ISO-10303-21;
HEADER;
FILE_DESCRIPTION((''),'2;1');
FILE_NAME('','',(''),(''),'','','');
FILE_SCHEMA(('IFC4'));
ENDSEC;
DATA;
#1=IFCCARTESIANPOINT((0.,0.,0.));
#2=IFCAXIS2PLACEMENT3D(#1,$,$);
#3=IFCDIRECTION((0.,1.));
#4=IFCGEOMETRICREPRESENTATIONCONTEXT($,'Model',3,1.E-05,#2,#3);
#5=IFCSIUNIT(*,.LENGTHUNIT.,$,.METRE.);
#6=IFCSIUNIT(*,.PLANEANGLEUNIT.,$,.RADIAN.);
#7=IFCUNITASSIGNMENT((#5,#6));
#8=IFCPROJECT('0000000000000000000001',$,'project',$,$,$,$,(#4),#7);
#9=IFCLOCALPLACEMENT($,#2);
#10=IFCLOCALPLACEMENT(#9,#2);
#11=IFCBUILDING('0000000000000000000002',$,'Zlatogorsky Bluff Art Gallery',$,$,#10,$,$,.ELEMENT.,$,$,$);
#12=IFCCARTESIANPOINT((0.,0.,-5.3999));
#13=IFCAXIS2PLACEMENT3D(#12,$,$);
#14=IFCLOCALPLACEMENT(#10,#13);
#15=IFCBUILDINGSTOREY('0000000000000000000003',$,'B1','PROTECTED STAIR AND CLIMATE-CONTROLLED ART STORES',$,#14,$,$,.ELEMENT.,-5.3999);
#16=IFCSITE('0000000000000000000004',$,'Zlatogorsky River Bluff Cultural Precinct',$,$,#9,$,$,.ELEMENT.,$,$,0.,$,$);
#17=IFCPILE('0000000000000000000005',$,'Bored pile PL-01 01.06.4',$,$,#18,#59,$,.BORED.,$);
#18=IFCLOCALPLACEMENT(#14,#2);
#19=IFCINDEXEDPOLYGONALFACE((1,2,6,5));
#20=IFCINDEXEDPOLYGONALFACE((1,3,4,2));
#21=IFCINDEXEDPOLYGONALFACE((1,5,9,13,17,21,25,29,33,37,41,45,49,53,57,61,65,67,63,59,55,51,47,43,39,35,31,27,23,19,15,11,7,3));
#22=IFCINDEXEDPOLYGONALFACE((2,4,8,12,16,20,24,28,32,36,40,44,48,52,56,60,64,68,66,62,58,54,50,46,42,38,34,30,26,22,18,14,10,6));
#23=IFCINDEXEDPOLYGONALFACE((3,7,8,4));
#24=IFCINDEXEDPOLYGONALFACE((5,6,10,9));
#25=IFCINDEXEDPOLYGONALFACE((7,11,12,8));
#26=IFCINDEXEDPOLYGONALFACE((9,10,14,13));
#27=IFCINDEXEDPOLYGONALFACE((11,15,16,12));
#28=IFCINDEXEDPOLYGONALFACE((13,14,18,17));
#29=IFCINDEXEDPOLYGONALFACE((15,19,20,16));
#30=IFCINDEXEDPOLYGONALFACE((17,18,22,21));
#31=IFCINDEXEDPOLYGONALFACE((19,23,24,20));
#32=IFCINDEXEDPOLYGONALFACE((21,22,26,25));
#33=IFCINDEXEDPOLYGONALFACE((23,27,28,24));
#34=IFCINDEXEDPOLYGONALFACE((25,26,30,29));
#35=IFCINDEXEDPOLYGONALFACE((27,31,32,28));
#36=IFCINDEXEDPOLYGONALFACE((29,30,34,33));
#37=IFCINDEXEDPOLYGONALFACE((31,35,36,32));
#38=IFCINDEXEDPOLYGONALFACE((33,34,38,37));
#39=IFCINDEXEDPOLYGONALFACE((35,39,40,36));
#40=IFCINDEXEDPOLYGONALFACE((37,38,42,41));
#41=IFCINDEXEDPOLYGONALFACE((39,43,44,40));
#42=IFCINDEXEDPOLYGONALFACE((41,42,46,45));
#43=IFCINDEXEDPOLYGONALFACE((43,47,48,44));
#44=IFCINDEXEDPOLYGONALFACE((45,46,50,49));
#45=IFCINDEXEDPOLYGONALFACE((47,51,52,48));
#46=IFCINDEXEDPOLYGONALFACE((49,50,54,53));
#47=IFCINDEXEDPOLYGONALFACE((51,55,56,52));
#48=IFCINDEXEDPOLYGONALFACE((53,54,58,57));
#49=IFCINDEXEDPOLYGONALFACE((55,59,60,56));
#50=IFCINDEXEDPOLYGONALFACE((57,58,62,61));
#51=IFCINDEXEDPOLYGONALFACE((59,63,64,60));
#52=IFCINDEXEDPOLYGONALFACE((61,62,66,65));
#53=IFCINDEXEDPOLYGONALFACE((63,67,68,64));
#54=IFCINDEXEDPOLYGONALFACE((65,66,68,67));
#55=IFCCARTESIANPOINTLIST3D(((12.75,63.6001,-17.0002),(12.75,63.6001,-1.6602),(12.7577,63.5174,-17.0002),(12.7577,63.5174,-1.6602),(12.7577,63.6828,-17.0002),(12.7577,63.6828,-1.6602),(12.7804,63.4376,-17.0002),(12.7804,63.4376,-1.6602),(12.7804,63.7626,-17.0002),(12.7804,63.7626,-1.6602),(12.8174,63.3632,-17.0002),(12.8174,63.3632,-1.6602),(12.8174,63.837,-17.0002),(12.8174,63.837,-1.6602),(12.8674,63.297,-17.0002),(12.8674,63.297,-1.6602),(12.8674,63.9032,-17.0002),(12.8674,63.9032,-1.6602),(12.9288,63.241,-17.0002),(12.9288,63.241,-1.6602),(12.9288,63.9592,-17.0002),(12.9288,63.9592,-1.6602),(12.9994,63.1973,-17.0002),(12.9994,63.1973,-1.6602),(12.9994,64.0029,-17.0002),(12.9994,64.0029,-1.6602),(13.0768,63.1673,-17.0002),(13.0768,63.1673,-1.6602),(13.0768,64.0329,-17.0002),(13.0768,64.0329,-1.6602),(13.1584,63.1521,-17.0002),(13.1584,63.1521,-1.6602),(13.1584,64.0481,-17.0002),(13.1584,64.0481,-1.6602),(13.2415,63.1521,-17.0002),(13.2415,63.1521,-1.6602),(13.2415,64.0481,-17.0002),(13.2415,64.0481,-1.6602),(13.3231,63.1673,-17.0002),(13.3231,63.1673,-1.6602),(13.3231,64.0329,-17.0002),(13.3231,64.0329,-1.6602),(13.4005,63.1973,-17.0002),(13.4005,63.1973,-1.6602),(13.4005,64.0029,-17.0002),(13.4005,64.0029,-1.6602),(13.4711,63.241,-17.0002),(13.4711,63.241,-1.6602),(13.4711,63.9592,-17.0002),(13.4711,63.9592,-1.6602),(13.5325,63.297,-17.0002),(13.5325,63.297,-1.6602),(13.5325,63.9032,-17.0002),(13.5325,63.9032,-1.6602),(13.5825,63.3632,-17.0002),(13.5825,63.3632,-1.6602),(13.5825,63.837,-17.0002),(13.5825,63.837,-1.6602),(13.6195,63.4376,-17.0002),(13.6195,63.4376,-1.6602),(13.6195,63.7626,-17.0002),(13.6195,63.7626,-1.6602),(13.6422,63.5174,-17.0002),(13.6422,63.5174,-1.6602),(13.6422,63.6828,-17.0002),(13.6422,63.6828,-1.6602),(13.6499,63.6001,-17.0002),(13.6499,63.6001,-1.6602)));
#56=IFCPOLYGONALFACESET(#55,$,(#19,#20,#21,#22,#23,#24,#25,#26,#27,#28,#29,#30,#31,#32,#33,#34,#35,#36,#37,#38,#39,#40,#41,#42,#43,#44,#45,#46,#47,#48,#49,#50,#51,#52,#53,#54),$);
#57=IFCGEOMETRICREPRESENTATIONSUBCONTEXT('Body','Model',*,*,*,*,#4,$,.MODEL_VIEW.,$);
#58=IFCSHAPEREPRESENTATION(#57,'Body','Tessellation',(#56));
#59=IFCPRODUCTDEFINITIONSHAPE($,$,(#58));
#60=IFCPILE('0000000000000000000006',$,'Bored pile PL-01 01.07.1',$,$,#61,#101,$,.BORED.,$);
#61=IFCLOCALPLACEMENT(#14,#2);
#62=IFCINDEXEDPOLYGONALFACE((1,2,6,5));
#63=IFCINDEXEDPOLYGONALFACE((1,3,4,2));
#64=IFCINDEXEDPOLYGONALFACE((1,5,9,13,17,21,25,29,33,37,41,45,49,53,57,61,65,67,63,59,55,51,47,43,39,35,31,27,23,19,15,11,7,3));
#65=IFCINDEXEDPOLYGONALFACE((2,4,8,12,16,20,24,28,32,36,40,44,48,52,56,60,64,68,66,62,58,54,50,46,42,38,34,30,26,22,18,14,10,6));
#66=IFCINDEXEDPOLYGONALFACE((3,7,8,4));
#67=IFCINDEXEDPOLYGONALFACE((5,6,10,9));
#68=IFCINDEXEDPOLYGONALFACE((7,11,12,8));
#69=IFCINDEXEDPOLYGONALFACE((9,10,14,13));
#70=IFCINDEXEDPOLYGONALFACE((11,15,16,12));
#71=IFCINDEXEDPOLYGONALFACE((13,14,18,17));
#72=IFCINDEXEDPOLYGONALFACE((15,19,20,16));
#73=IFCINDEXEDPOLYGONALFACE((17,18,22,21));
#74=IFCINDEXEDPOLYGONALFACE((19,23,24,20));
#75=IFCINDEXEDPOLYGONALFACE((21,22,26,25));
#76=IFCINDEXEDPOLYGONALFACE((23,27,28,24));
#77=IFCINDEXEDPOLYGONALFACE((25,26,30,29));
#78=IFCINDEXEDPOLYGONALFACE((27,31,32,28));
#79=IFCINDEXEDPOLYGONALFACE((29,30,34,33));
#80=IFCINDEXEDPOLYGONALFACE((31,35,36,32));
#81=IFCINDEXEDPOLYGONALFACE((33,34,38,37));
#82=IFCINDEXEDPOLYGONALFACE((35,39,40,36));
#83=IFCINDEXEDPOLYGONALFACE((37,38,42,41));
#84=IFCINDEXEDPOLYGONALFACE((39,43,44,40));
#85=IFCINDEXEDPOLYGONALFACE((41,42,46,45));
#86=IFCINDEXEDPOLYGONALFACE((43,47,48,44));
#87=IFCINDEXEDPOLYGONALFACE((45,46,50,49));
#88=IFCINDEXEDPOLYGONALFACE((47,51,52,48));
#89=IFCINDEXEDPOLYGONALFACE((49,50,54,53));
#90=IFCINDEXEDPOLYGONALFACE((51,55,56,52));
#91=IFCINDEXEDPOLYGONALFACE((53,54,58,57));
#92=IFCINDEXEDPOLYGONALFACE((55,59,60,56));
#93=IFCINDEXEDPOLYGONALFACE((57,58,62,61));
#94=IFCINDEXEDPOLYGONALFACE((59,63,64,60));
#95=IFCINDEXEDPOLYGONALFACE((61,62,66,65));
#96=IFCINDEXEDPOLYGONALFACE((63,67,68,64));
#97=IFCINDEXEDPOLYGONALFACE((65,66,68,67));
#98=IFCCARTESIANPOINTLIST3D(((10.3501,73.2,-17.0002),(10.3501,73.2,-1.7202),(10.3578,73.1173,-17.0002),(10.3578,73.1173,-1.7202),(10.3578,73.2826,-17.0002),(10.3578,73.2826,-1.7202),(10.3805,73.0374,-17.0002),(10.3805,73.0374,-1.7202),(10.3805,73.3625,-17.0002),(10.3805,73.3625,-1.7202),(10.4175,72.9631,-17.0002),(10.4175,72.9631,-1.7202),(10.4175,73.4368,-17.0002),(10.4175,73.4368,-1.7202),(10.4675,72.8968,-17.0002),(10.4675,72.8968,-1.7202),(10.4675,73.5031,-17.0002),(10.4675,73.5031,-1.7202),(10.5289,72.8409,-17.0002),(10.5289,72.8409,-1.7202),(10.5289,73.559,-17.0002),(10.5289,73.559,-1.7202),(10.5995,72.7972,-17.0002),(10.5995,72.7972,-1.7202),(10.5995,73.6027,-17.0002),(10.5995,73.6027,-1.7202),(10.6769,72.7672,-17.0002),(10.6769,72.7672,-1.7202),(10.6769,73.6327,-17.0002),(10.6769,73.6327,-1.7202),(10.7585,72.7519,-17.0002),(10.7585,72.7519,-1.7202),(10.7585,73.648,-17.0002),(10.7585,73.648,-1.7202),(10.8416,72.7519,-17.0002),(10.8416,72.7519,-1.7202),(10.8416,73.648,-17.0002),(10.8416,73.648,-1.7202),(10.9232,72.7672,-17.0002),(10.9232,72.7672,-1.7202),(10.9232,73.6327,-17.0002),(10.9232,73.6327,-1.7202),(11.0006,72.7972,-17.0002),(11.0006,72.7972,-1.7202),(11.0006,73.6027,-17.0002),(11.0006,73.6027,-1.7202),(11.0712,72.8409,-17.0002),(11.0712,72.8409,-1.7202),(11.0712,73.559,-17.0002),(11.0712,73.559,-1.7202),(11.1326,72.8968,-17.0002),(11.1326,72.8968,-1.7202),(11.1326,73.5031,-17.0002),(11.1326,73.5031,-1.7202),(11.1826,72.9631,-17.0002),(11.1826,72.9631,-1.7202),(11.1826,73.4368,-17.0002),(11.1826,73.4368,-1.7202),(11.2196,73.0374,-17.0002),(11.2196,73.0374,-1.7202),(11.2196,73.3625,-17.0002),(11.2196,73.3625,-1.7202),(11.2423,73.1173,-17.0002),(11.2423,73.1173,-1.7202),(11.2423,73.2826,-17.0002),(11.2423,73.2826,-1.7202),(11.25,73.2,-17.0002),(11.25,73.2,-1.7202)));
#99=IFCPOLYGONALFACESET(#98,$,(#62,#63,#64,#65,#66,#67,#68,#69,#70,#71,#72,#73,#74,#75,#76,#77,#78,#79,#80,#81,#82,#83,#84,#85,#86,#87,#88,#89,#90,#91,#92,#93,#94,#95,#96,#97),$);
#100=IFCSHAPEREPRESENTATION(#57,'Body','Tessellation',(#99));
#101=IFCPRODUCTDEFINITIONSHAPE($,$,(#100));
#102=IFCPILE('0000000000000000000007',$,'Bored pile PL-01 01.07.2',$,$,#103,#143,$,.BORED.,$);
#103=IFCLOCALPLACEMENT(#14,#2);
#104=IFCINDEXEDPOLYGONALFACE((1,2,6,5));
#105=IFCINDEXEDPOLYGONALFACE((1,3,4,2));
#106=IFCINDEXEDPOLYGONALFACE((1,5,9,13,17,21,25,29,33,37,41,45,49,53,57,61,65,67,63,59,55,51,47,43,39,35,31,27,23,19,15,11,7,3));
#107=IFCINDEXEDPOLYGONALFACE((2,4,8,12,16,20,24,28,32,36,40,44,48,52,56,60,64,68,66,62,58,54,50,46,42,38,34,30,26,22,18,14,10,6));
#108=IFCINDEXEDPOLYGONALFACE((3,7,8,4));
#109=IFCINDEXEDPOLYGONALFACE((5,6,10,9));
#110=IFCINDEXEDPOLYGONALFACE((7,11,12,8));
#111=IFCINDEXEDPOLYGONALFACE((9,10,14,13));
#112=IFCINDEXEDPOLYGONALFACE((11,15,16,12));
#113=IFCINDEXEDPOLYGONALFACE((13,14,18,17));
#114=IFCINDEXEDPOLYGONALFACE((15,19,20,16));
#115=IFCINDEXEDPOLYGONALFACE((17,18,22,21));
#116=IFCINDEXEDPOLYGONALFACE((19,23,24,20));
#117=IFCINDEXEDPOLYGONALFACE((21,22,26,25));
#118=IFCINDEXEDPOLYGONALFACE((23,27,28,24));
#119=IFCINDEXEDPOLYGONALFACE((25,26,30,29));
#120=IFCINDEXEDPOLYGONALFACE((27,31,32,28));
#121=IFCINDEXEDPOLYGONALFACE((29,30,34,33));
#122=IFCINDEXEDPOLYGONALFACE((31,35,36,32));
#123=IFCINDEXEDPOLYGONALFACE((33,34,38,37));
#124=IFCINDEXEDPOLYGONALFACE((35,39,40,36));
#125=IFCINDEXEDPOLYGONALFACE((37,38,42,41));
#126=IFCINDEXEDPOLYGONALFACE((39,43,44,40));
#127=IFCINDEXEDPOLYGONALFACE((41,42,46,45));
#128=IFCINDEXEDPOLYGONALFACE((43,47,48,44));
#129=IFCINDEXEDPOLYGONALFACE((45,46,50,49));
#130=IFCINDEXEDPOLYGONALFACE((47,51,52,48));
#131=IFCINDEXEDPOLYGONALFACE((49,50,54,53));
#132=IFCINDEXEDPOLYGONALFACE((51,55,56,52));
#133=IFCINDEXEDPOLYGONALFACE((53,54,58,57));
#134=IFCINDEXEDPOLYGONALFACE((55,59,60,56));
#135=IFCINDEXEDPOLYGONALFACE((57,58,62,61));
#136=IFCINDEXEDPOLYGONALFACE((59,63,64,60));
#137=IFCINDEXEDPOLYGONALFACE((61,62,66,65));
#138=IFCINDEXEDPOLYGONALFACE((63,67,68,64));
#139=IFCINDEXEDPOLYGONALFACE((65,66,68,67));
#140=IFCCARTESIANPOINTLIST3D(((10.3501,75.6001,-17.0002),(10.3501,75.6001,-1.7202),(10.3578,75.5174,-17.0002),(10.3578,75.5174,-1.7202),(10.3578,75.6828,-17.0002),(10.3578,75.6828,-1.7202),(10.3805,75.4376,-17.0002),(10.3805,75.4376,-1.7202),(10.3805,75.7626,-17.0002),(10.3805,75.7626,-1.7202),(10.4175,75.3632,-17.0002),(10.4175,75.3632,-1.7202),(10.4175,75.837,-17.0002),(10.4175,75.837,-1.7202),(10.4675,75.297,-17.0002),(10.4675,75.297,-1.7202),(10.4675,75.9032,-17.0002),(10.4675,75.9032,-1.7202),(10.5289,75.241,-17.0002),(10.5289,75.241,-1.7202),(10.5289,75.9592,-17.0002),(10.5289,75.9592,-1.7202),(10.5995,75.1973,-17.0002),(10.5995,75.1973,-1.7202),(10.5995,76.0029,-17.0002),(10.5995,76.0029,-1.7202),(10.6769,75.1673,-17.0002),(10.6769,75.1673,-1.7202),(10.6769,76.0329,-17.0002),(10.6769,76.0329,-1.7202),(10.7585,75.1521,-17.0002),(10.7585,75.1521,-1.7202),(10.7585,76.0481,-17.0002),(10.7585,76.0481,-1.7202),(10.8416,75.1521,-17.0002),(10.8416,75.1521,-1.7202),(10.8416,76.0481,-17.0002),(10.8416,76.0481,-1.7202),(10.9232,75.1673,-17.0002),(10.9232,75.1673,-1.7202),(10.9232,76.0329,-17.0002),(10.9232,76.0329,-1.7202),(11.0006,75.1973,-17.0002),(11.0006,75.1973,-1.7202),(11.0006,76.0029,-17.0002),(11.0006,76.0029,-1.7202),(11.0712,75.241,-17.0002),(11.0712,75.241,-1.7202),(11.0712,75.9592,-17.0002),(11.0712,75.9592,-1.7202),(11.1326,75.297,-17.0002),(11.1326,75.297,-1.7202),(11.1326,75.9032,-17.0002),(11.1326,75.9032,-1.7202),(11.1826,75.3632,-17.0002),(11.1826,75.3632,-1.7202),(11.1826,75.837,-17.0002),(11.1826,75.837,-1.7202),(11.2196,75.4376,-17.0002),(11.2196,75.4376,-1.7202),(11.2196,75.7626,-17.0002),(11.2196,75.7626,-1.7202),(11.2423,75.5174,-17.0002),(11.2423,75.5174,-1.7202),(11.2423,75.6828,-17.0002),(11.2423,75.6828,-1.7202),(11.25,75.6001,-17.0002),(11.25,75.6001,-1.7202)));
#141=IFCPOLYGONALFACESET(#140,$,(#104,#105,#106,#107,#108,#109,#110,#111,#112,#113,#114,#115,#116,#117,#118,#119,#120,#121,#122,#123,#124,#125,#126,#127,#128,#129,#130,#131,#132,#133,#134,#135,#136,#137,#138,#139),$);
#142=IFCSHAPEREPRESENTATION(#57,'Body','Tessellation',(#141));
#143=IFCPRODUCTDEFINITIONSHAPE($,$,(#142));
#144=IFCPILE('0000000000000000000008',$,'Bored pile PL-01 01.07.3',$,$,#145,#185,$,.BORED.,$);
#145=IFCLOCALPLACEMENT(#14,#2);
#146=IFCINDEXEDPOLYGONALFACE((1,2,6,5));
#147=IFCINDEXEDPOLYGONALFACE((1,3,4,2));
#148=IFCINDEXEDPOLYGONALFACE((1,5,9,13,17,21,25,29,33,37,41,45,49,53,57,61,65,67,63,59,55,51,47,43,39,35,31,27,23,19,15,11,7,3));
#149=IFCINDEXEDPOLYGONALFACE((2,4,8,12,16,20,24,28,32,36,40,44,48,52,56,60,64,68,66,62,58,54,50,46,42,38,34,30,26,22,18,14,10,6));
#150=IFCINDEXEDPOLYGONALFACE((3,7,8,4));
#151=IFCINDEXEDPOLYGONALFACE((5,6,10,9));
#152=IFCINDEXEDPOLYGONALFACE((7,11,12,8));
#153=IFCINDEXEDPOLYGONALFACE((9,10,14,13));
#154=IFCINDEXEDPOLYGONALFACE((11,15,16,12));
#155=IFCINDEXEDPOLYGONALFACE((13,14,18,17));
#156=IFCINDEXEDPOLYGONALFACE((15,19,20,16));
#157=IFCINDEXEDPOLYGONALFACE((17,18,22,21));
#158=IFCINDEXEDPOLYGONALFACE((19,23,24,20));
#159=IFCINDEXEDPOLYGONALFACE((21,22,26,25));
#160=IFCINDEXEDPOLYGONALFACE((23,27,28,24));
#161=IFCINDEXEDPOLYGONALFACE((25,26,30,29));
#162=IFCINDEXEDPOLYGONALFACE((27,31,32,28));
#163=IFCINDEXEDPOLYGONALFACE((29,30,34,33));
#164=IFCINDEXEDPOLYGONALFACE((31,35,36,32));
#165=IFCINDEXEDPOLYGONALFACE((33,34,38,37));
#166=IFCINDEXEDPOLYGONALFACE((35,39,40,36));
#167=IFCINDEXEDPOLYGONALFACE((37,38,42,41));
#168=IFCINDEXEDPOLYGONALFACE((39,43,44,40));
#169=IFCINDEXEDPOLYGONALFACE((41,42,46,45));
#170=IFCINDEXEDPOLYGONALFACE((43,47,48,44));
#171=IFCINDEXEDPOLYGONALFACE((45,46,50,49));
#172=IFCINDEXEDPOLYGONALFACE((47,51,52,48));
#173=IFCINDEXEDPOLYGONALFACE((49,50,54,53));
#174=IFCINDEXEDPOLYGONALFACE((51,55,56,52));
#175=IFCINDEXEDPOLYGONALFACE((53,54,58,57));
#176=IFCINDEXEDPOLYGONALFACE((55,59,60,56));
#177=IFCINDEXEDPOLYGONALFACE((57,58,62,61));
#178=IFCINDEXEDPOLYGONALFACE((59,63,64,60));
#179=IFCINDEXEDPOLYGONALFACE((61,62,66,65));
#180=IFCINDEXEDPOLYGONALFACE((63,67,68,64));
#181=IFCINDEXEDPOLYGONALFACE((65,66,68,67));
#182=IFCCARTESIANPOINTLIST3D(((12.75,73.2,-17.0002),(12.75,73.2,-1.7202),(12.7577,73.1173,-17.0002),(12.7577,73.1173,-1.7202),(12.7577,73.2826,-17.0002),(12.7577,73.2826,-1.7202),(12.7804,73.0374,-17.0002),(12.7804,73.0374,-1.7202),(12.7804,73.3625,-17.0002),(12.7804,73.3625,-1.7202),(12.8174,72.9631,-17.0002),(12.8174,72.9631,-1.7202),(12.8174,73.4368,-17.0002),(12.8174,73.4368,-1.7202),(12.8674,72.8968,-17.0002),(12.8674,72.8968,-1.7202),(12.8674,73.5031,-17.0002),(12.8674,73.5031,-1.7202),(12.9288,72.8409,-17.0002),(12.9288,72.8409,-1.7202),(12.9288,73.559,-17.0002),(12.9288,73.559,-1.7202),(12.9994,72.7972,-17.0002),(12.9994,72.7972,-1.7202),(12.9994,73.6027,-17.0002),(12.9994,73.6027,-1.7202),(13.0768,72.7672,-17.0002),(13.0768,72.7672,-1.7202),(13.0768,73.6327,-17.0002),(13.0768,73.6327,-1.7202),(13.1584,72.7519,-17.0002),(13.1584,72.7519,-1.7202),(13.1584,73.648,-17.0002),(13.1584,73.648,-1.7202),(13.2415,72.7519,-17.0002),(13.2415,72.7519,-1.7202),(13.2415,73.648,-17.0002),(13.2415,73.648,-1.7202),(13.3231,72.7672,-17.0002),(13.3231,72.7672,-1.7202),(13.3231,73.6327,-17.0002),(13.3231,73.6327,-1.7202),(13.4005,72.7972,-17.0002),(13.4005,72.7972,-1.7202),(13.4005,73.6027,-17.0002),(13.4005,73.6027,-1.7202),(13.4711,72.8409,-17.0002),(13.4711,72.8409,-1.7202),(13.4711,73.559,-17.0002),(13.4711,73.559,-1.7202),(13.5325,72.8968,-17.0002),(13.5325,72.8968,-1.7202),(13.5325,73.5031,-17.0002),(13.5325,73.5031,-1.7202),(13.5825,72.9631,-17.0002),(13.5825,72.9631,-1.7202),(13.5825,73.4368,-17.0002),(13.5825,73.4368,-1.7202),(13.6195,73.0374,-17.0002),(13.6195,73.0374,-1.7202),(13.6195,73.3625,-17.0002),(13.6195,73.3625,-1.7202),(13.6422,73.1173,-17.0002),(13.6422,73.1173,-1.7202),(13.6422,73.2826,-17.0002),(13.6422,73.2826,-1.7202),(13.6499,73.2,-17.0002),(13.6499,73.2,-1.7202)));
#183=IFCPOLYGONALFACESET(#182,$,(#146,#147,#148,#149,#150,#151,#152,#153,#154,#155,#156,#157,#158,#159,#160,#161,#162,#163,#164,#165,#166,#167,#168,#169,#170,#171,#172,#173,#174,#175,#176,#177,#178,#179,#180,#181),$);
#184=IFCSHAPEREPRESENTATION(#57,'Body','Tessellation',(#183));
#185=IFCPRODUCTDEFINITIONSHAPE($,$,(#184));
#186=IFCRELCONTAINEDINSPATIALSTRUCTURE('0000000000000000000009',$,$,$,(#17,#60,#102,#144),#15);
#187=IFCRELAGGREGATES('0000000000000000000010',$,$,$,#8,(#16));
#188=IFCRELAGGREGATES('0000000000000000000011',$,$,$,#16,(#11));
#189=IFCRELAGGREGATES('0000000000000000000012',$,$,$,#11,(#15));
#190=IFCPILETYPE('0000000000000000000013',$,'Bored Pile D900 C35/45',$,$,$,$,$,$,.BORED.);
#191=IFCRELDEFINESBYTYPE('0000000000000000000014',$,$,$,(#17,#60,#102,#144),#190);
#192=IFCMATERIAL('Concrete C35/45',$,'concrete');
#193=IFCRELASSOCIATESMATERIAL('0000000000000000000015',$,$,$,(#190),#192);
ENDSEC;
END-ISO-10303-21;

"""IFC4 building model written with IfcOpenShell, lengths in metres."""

from ifc_helpers import new_model, si_unit, direction, frame, origin, origin_2d, place, context, subcontext, project, spatial, circle, extrude, material, material_profile, profile_set, type_object, element, save


model = new_model("IFC4")

# Units and contexts
model_context = context("Model", 3, precision=1e-05, world=origin(), true_north=direction((0.0, 1.0)))
body_context = subcontext(model_context, "Body", "Model", "MODEL_VIEW")
ifc_project = project(units=[si_unit("LENGTHUNIT", "METRE"), si_unit("PLANEANGLEUNIT", "RADIAN")], contexts=[model_context])

# Site, building, storey
site_placement = place(None, origin())
site = spatial("IfcSite", under=ifc_project, at=site_placement, Name="Zlatogorsky River Bluff Cultural Precinct", CompositionType="ELEMENT", RefElevation=0.0)
building_placement = place(site_placement, origin())
building = spatial("IfcBuilding", under=site, at=building_placement, Name="Zlatogorsky Bluff Art Gallery", CompositionType="ELEMENT")
storey_placement = place(building_placement, frame((0.0, 0.0, -5.3999)))
storey = spatial("IfcBuildingStorey", under=building, at=storey_placement, Name="B1", Description="PROTECTED STAIR AND CLIMATE-CONTROLLED ART STORES", CompositionType="ELEMENT", Elevation=-5.3999)

# Piles
ifc_material_1 = material(Name="Concrete C35/45", Category="concrete")
ifc_material_profile_1 = material_profile(ifc_material_1, circle(Radius=0.45, at=origin_2d()), Name="BORED PILE D900")
ifc_profile_set_1 = profile_set([ifc_material_profile_1], Name="Concrete C35/45")
pile_type_1 = type_object("IfcPileType", Name="Bored Pile D900 C35/45", PredefinedType="BORED", material=ifc_profile_set_1)
for number, where, z_axis, x_axis, name in (
    (1, (13.2, 63.6001, -1.6602), (0.0, 0.0, -1.0), (1.0, 0.0, 0.0), "Bored pile PL-01 01.06.4"),
):
    element("IfcPile", number, at=place(storey_placement, frame(where, z_axis=z_axis, x_axis=x_axis)), inside=storey, type_object=pile_type_1, Name=name, PredefinedType="BORED", context=body_context, shape_type="SweptSolid", body=[
        extrude(circle(Radius=0.45, at=origin_2d()), origin(), (0.0, 0.0, 1.0), 15.3401),
    ])
for number, where, z_axis, x_axis, name in (
    (2, (10.8, 73.2, -1.7202), (0.0, 0.0, -1.0), (1.0, 0.0, 0.0), "Bored pile PL-01 01.07.1"),
    (3, (10.8, 75.6001, -1.7202), (0.0, 0.0, -1.0), (1.0, 0.0, 0.0), "Bored pile PL-01 01.07.2"),
    (4, (13.2, 73.2, -1.7202), (0.0, 0.0, -1.0), (1.0, 0.0, 0.0), "Bored pile PL-01 01.07.3"),
):
    element("IfcPile", number, at=place(storey_placement, frame(where, z_axis=z_axis, x_axis=x_axis)), inside=storey, type_object=pile_type_1, Name=name, PredefinedType="BORED", context=body_context, shape_type="SweptSolid", body=[
        extrude(circle(Radius=0.45, at=origin_2d()), origin(), (0.0, 0.0, 1.0), 15.28),
    ])

save(model, "model.ifc")
